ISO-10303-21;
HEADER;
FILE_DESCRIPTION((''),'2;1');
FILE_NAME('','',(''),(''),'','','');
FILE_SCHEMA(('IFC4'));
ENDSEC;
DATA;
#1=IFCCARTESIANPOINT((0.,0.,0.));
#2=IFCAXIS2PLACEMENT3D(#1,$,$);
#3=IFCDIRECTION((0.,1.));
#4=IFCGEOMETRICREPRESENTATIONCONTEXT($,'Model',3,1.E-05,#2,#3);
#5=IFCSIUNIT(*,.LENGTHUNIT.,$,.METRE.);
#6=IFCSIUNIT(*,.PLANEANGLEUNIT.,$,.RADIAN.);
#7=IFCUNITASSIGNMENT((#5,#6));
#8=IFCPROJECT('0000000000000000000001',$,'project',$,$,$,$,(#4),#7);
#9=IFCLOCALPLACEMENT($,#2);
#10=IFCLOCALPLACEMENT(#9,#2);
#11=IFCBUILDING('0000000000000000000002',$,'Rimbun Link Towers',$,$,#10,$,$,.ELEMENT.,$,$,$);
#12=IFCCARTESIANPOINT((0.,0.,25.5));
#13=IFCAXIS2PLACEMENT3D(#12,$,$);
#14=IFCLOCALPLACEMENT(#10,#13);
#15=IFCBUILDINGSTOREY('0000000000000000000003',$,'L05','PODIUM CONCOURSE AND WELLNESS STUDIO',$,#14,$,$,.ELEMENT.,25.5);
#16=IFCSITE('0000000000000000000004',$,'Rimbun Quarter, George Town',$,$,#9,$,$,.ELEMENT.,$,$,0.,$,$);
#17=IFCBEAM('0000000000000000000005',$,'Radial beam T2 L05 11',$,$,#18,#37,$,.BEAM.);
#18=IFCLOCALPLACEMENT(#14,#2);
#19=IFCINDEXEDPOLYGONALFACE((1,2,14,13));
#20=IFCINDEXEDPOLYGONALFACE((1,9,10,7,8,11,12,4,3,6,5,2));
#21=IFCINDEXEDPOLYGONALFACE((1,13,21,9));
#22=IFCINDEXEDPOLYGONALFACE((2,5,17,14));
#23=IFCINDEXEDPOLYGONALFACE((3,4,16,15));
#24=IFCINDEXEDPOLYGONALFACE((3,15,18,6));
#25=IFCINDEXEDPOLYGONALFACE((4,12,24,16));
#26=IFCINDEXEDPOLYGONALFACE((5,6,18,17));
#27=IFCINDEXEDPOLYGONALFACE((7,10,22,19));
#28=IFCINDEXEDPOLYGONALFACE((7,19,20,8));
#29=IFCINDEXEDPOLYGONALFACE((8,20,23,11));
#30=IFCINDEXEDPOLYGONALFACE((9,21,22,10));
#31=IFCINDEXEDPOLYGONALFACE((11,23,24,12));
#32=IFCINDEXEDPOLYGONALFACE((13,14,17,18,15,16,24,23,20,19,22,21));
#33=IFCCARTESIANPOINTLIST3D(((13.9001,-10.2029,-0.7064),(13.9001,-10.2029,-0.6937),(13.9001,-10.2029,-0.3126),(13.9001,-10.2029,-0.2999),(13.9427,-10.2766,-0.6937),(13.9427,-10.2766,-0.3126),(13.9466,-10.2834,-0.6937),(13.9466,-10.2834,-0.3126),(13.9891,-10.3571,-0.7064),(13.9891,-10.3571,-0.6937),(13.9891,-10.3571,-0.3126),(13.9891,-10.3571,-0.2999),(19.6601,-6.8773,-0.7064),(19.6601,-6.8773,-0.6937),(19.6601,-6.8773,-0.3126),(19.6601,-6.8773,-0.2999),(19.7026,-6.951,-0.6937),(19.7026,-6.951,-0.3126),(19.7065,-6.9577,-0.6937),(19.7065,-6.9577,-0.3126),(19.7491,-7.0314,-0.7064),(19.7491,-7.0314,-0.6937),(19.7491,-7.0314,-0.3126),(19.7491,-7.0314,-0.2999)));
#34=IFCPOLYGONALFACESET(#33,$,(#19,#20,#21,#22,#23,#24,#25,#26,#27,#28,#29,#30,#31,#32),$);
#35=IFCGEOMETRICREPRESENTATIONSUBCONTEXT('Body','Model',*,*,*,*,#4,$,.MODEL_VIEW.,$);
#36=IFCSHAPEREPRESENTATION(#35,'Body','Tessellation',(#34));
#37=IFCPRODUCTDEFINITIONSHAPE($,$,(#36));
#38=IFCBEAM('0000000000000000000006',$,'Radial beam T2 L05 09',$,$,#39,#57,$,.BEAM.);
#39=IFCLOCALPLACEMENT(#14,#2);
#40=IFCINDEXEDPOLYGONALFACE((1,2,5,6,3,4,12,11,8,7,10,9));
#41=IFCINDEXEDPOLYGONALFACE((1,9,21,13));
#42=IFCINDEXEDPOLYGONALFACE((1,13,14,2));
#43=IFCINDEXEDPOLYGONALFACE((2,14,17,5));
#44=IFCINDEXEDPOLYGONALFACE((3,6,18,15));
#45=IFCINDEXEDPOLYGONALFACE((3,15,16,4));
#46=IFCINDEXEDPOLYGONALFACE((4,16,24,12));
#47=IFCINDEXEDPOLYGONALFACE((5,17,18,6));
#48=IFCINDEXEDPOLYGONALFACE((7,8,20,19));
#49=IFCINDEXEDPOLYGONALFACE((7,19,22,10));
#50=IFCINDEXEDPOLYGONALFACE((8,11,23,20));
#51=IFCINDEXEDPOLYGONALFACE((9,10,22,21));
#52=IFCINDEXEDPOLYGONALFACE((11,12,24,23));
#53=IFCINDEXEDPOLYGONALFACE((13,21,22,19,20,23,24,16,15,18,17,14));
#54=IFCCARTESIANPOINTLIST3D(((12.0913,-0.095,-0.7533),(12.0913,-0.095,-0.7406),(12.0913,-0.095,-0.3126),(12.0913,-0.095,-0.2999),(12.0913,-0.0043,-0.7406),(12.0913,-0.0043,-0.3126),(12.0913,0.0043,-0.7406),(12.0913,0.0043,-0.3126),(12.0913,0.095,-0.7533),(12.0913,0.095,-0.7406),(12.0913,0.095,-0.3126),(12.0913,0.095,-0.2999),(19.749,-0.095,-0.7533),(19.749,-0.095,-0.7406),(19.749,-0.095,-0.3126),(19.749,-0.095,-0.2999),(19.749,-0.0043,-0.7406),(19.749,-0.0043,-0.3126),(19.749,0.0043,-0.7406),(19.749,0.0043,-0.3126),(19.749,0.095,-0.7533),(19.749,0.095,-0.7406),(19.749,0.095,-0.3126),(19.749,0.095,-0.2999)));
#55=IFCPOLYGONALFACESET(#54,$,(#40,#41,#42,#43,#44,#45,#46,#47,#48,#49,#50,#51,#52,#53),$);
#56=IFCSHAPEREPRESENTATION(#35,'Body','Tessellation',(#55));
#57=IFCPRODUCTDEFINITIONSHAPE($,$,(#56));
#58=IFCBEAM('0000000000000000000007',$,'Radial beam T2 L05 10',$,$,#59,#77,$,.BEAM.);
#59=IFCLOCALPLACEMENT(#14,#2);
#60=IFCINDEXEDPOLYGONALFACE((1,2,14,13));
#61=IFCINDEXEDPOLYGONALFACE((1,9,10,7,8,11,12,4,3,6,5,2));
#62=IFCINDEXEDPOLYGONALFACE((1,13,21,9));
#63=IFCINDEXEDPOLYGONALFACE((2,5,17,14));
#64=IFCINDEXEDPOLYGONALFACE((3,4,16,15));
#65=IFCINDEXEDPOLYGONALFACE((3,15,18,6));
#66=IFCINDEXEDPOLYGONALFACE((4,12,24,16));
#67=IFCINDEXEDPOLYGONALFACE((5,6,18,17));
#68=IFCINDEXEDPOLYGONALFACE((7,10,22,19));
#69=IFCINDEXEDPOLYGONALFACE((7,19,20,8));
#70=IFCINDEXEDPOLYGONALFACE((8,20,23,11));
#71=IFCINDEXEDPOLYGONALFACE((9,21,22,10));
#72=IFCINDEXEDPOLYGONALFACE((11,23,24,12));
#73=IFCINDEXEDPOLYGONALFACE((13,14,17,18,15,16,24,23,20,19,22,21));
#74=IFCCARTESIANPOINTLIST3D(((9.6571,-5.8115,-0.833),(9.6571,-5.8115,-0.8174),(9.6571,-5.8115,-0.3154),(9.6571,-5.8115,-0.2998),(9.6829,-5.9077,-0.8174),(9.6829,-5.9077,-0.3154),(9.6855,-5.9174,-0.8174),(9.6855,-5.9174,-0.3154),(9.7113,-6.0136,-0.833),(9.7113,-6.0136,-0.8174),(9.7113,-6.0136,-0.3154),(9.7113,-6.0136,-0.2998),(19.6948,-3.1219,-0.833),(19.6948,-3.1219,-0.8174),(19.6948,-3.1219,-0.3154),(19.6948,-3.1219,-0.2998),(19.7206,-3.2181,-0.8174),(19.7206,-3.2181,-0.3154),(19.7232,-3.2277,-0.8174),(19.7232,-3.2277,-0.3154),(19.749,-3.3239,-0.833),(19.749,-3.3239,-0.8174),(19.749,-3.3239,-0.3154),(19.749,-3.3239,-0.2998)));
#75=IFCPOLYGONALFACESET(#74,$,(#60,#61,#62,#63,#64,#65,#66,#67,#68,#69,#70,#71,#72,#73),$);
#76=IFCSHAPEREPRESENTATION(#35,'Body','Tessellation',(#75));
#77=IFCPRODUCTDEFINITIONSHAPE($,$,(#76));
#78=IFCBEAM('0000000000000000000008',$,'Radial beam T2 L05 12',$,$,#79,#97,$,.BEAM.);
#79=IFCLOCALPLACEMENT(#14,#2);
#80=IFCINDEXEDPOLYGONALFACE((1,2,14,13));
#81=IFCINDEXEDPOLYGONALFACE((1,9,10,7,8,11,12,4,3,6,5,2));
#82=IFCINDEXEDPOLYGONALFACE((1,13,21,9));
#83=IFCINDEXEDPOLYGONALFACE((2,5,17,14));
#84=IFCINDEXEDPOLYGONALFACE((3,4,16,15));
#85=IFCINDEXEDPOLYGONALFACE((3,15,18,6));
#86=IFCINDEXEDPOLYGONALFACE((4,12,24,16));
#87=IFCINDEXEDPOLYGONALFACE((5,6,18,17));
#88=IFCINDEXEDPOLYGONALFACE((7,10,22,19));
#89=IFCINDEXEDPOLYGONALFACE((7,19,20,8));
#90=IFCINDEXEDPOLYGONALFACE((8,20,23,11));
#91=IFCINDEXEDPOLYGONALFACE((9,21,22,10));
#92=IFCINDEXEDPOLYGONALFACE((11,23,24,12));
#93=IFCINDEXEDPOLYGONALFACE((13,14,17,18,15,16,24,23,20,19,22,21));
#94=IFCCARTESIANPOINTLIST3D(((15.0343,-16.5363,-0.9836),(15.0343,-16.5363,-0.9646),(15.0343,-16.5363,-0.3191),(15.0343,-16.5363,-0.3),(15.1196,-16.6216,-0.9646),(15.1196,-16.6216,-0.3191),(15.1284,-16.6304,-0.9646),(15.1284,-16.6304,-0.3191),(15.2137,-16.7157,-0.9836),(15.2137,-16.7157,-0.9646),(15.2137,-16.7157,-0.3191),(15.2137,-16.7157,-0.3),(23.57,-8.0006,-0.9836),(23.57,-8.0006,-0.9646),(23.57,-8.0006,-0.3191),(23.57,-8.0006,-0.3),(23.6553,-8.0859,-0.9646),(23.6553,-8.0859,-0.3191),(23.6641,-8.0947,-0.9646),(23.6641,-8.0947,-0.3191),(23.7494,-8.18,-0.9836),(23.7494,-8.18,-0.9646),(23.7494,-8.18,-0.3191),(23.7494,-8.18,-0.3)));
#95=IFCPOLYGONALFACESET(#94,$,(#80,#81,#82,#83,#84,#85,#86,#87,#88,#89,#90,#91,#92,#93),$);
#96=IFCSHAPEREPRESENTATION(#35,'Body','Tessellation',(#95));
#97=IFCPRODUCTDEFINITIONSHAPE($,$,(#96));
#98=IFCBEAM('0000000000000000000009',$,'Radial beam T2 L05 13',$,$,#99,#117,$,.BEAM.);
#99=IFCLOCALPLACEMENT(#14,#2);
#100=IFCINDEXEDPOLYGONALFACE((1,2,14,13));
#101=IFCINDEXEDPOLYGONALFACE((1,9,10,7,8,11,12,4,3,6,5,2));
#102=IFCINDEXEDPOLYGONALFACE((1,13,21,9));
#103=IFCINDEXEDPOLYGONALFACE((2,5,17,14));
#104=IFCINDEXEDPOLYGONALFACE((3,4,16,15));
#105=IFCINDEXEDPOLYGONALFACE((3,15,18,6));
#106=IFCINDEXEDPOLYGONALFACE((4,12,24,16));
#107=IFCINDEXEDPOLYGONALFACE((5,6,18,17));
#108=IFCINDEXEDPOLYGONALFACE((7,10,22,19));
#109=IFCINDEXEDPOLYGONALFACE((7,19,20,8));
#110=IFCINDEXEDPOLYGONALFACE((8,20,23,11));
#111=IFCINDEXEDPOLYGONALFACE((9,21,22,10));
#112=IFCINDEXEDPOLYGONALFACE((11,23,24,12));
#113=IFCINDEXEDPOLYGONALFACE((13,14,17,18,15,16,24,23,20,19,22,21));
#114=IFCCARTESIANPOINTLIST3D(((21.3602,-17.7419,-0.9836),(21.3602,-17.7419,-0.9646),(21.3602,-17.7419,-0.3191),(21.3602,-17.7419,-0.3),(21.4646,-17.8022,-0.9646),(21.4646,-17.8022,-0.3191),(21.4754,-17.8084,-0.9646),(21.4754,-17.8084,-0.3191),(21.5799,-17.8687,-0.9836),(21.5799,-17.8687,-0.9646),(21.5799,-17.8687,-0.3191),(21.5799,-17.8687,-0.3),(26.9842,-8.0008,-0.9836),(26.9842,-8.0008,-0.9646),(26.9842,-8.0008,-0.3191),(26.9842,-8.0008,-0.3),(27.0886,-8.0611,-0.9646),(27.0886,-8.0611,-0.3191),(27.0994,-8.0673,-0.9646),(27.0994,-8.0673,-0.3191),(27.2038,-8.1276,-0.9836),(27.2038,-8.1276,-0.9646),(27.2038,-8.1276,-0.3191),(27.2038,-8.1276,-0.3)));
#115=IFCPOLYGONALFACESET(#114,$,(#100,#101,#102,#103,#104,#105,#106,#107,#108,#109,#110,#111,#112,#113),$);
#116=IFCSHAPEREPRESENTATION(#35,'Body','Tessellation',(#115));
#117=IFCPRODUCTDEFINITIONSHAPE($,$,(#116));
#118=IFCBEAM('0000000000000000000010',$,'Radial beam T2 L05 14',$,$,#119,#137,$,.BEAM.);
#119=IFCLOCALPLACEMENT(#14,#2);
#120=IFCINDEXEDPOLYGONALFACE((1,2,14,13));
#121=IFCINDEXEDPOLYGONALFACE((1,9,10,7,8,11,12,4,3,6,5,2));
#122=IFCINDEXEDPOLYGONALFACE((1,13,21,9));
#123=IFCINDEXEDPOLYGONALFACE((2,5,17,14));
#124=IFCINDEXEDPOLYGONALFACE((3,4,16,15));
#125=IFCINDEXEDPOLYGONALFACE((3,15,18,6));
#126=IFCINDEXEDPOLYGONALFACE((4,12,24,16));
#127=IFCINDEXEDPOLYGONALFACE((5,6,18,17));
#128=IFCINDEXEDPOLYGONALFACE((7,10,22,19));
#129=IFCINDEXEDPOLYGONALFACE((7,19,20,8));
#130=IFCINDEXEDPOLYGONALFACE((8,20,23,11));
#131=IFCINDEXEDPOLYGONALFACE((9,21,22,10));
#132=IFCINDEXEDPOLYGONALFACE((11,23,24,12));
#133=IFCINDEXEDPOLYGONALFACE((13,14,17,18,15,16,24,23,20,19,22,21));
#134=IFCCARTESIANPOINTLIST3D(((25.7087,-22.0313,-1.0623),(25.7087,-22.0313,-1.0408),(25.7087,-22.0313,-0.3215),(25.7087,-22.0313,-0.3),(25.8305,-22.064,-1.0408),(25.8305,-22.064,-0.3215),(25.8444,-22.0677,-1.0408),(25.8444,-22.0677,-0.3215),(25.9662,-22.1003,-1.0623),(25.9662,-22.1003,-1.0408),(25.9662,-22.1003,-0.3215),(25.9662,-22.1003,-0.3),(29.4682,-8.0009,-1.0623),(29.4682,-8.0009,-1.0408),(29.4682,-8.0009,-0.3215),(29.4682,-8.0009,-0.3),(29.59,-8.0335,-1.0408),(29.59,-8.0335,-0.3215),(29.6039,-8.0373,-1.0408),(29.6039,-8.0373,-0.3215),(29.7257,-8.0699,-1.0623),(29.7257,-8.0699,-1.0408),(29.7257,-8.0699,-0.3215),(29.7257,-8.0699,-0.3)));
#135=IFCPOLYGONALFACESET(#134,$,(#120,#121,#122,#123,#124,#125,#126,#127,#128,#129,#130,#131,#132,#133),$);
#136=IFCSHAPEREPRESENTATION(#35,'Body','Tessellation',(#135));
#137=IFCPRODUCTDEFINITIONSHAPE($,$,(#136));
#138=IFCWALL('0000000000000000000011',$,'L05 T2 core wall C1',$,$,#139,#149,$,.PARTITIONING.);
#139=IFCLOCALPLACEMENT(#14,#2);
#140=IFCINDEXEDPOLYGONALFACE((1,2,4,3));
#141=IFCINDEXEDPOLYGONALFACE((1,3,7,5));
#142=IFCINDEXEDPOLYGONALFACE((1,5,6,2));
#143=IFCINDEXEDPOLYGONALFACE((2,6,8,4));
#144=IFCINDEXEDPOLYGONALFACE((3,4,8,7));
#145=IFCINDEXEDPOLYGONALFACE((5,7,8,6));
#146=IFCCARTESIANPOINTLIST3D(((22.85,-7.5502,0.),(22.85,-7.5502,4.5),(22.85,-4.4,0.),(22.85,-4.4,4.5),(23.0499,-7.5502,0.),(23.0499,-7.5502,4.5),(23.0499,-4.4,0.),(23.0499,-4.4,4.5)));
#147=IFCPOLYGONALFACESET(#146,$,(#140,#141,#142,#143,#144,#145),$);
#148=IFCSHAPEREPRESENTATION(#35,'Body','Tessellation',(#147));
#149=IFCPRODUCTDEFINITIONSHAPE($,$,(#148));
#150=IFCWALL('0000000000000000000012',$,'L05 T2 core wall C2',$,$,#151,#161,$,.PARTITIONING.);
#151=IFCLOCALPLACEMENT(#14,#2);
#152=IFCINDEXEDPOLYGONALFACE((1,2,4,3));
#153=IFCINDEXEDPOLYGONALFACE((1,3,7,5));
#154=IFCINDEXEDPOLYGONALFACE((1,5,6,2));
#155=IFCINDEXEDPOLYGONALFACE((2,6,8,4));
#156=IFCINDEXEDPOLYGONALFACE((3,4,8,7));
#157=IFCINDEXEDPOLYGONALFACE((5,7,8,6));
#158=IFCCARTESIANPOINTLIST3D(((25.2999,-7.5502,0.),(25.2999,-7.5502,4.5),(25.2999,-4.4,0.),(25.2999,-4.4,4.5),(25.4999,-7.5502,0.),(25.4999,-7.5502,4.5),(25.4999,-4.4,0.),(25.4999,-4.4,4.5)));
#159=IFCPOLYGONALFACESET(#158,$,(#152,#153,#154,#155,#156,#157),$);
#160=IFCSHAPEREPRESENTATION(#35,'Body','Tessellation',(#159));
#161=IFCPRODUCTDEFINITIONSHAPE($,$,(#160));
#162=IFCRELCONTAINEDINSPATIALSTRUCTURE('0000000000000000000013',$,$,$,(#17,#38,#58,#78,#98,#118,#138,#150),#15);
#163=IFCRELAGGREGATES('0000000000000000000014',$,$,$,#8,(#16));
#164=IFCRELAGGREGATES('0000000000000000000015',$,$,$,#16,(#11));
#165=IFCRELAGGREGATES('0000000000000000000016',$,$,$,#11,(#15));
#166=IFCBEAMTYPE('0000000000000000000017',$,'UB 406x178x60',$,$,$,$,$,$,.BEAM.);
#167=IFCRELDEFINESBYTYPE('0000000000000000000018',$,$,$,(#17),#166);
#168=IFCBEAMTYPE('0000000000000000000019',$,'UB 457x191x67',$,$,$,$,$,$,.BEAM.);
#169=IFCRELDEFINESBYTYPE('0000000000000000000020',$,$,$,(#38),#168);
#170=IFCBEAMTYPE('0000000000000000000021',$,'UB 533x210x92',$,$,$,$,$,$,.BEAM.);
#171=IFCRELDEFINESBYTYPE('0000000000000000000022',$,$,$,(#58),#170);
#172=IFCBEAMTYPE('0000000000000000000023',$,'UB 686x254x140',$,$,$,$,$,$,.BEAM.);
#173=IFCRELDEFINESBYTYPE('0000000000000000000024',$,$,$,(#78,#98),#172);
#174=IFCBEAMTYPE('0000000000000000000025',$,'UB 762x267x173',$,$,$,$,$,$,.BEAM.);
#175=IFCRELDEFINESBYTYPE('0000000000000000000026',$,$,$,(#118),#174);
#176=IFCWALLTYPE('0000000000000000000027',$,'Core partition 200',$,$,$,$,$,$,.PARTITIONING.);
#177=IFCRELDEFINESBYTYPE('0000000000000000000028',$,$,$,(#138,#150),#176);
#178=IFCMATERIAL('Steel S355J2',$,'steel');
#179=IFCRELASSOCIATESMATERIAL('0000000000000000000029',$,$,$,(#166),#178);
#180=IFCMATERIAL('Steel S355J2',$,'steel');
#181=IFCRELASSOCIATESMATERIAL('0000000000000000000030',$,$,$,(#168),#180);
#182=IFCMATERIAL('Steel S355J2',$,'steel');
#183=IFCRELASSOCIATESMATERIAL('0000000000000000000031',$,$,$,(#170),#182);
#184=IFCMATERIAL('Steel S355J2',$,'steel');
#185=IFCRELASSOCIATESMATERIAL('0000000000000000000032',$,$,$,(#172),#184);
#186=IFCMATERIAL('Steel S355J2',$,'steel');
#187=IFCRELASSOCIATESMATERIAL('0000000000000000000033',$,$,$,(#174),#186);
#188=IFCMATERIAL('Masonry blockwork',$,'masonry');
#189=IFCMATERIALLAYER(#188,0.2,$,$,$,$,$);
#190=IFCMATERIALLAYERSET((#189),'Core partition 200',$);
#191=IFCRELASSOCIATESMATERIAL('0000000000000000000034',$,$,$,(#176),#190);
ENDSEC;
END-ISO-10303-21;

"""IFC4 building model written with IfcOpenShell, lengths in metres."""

from ifc_helpers import new_model, si_unit, direction, frame, frame_2d, origin, origin_2d, place, context, subcontext, project, spatial, rectangle, i_section, extrude, material, layer, layer_set, material_profile, profile_set, type_object, element, save


model = new_model("IFC4")

# Units and contexts
model_context = context("Model", 3, precision=1e-05, world=origin(), true_north=direction((0.0, 1.0)))
body_context = subcontext(model_context, "Body", "Model", "MODEL_VIEW")
ifc_project = project(units=[si_unit("LENGTHUNIT", "METRE"), si_unit("PLANEANGLEUNIT", "RADIAN")], contexts=[model_context])

# Site, building, storey
site_placement = place(None, origin())
site = spatial("IfcSite", under=ifc_project, at=site_placement, Name="Rimbun Quarter, George Town", CompositionType="ELEMENT", RefElevation=0.0)
building_placement = place(site_placement, origin())
building = spatial("IfcBuilding", under=site, at=building_placement, Name="Rimbun Link Towers", CompositionType="ELEMENT")
storey_placement = place(building_placement, frame((0.0, 0.0, 25.5)))
storey = spatial("IfcBuildingStorey", under=building, at=storey_placement, Name="L05", Description="PODIUM CONCOURSE AND WELLNESS STUDIO", CompositionType="ELEMENT", Elevation=25.5)

# Beams
ifc_material_1 = material(Name="Steel S355J2", Category="steel")
ifc_material_profile_1 = material_profile(ifc_material_1, i_section(OverallWidth=0.178, OverallDepth=0.4065, WebThickness=0.0078, FlangeThickness=0.0127, at=origin_2d()), Name="UB 406x178x60")
ifc_profile_set_1 = profile_set([ifc_material_profile_1], Name="Steel S355J2")
beam_type_1 = type_object("IfcBeamType", Name="UB 406x178x60", PredefinedType="BEAM", material=ifc_profile_set_1)
beam_1_placement = place(storey_placement, frame((19.7046, -6.9543, -0.5032), z_axis=(-0.866016, -0.500016, 0.0), x_axis=(0.500016, -0.866016, 0.0)))
element("IfcBeam", 1, at=beam_1_placement, inside=storey, type_object=beam_type_1, Name="Radial beam T2 L05 11", PredefinedType="BEAM", context=body_context, shape_type="SweptSolid", body=[
    extrude(i_section(OverallWidth=0.178, OverallDepth=0.4065, WebThickness=0.0078, FlangeThickness=0.0127, at=origin_2d()), origin(), (0.0, 0.0, 1.0), 6.6511),
])
ifc_material_2 = material(Name="Steel S355J2", Category="steel")
ifc_material_profile_2 = material_profile(ifc_material_2, i_section(OverallWidth=0.1899, OverallDepth=0.4534, WebThickness=0.0085, FlangeThickness=0.0127, at=origin_2d()), Name="UB 457x191x67")
ifc_profile_set_2 = profile_set([ifc_material_profile_2], Name="Steel S355J2")
beam_type_2 = type_object("IfcBeamType", Name="UB 457x191x67", PredefinedType="BEAM", material=ifc_profile_set_2)
beam_2_placement = place(storey_placement, frame((19.749, 0.0, -0.5266), z_axis=(-1.0, 0.0, 0.0), x_axis=(0.0, -1.0, 0.0)))
element("IfcBeam", 2, at=beam_2_placement, inside=storey, type_object=beam_type_2, Name="Radial beam T2 L05 09", PredefinedType="BEAM", context=body_context, shape_type="SweptSolid", body=[
    extrude(i_section(OverallWidth=0.1899, OverallDepth=0.4534, WebThickness=0.0085, FlangeThickness=0.0127, at=origin_2d()), origin(), (0.0, 0.0, 1.0), 7.6577),
])
ifc_material_3 = material(Name="Steel S355J2", Category="steel")
ifc_material_profile_3 = material_profile(ifc_material_3, i_section(OverallWidth=0.2092, OverallDepth=0.5332, WebThickness=0.01, FlangeThickness=0.0156, at=origin_2d()), Name="UB 533x210x92")
ifc_profile_set_3 = profile_set([ifc_material_profile_3], Name="Steel S355J2")
beam_type_3 = type_object("IfcBeamType", Name="UB 533x210x92", PredefinedType="BEAM", material=ifc_profile_set_3)
beam_3_placement = place(storey_placement, frame((19.7219, -3.2229, -0.5664), z_axis=(-0.965924, -0.258825, 0.0), x_axis=(0.258825, -0.965924, 0.0)))
element("IfcBeam", 3, at=beam_3_placement, inside=storey, type_object=beam_type_3, Name="Radial beam T2 L05 10", PredefinedType="BEAM", context=body_context, shape_type="SweptSolid", body=[
    extrude(i_section(OverallWidth=0.2092, OverallDepth=0.5332, WebThickness=0.01, FlangeThickness=0.0156, at=origin_2d()), origin(), (0.0, 0.0, 1.0), 10.3918),
])
ifc_material_4 = material(Name="Steel S355J2", Category="steel")
ifc_material_profile_4 = material_profile(ifc_material_4, i_section(OverallWidth=0.2537, OverallDepth=0.6836, WebThickness=0.0125, FlangeThickness=0.019, at=origin_2d()), Name="UB 686x254x140")
ifc_profile_set_4 = profile_set([ifc_material_profile_4], Name="Steel S355J2")
beam_type_4 = type_object("IfcBeamType", Name="UB 686x254x140", PredefinedType="BEAM", material=ifc_profile_set_4)
beam_4_placement = place(storey_placement, frame((23.6597, -8.0903, -0.6418), z_axis=(-0.707107, -0.707107, 0.0), x_axis=(0.707107, -0.707107, 0.0)))
element("IfcBeam", 4, at=beam_4_placement, inside=storey, type_object=beam_type_4, Name="Radial beam T2 L05 12", PredefinedType="BEAM", context=body_context, shape_type="SweptSolid", body=[
    extrude(i_section(OverallWidth=0.2537, OverallDepth=0.6836, WebThickness=0.0125, FlangeThickness=0.019, at=origin_2d()), origin(), (0.0, 0.0, 1.0), 12.0713),
])
beam_5_placement = place(storey_placement, frame((27.094, -8.0642, -0.6418), z_axis=(-0.499996, -0.866028, 0.0), x_axis=(0.866028, -0.499996, 0.0)))
element("IfcBeam", 5, at=beam_5_placement, inside=storey, type_object=beam_type_4, Name="Radial beam T2 L05 13", PredefinedType="BEAM", context=body_context, shape_type="SweptSolid", body=[
    extrude(i_section(OverallWidth=0.2537, OverallDepth=0.6836, WebThickness=0.0125, FlangeThickness=0.019, at=origin_2d()), origin(), (0.0, 0.0, 1.0), 11.248),
])
ifc_material_5 = material(Name="Steel S355J2", Category="steel")
ifc_material_profile_5 = material_profile(ifc_material_5, i_section(OverallWidth=0.2666, OverallDepth=0.7622, WebThickness=0.0144, FlangeThickness=0.0215, at=origin_2d()), Name="UB 762x267x173")
ifc_profile_set_5 = profile_set([ifc_material_profile_5], Name="Steel S355J2")
beam_type_5 = type_object("IfcBeamType", Name="UB 762x267x173", PredefinedType="BEAM", material=ifc_profile_set_5)
beam_6_placement = place(storey_placement, frame((29.5969, -8.0354, -0.6812), z_axis=(-0.258823, -0.965925, 0.0), x_axis=(0.965925, -0.258823, 0.0)))
element("IfcBeam", 6, at=beam_6_placement, inside=storey, type_object=beam_type_5, Name="Radial beam T2 L05 14", PredefinedType="BEAM", context=body_context, shape_type="SweptSolid", body=[
    extrude(i_section(OverallWidth=0.2666, OverallDepth=0.7622, WebThickness=0.0144, FlangeThickness=0.0215, at=origin_2d()), origin(), (0.0, 0.0, 1.0), 14.5254),
])

# Walls
ifc_material_6 = material(Name="Masonry blockwork", Category="masonry")
ifc_layer_1 = layer(ifc_material_6, 0.2)
ifc_layer_set_1 = layer_set([ifc_layer_1], Name="Core partition 200")
wall_type_1 = type_object("IfcWallType", Name="Core partition 200", PredefinedType="PARTITIONING", material=ifc_layer_set_1)
for number, where, z_axis, x_axis, name in (
    (7, (22.95, -4.3999, 0.0), (0.0, 0.0, 1.0), (0.0, -1.0, 0.0), "L05 T2 core wall C1"),
    (8, (25.3999, -4.3999, 0.0), (0.0, 0.0, 1.0), (0.0, -1.0, 0.0), "L05 T2 core wall C2"),
):
    element("IfcWall", number, at=place(storey_placement, frame(where, z_axis=z_axis, x_axis=x_axis)), inside=storey, type_object=wall_type_1, Name=name, PredefinedType="PARTITIONING", context=body_context, shape_type="SweptSolid", body=[
        extrude(rectangle(XDim=3.1501, YDim=0.2, at=frame_2d((1.5752, 0.0))), origin(), (0.0, 0.0, 1.0), 4.5),
    ])

save(model, "model.ifc")
